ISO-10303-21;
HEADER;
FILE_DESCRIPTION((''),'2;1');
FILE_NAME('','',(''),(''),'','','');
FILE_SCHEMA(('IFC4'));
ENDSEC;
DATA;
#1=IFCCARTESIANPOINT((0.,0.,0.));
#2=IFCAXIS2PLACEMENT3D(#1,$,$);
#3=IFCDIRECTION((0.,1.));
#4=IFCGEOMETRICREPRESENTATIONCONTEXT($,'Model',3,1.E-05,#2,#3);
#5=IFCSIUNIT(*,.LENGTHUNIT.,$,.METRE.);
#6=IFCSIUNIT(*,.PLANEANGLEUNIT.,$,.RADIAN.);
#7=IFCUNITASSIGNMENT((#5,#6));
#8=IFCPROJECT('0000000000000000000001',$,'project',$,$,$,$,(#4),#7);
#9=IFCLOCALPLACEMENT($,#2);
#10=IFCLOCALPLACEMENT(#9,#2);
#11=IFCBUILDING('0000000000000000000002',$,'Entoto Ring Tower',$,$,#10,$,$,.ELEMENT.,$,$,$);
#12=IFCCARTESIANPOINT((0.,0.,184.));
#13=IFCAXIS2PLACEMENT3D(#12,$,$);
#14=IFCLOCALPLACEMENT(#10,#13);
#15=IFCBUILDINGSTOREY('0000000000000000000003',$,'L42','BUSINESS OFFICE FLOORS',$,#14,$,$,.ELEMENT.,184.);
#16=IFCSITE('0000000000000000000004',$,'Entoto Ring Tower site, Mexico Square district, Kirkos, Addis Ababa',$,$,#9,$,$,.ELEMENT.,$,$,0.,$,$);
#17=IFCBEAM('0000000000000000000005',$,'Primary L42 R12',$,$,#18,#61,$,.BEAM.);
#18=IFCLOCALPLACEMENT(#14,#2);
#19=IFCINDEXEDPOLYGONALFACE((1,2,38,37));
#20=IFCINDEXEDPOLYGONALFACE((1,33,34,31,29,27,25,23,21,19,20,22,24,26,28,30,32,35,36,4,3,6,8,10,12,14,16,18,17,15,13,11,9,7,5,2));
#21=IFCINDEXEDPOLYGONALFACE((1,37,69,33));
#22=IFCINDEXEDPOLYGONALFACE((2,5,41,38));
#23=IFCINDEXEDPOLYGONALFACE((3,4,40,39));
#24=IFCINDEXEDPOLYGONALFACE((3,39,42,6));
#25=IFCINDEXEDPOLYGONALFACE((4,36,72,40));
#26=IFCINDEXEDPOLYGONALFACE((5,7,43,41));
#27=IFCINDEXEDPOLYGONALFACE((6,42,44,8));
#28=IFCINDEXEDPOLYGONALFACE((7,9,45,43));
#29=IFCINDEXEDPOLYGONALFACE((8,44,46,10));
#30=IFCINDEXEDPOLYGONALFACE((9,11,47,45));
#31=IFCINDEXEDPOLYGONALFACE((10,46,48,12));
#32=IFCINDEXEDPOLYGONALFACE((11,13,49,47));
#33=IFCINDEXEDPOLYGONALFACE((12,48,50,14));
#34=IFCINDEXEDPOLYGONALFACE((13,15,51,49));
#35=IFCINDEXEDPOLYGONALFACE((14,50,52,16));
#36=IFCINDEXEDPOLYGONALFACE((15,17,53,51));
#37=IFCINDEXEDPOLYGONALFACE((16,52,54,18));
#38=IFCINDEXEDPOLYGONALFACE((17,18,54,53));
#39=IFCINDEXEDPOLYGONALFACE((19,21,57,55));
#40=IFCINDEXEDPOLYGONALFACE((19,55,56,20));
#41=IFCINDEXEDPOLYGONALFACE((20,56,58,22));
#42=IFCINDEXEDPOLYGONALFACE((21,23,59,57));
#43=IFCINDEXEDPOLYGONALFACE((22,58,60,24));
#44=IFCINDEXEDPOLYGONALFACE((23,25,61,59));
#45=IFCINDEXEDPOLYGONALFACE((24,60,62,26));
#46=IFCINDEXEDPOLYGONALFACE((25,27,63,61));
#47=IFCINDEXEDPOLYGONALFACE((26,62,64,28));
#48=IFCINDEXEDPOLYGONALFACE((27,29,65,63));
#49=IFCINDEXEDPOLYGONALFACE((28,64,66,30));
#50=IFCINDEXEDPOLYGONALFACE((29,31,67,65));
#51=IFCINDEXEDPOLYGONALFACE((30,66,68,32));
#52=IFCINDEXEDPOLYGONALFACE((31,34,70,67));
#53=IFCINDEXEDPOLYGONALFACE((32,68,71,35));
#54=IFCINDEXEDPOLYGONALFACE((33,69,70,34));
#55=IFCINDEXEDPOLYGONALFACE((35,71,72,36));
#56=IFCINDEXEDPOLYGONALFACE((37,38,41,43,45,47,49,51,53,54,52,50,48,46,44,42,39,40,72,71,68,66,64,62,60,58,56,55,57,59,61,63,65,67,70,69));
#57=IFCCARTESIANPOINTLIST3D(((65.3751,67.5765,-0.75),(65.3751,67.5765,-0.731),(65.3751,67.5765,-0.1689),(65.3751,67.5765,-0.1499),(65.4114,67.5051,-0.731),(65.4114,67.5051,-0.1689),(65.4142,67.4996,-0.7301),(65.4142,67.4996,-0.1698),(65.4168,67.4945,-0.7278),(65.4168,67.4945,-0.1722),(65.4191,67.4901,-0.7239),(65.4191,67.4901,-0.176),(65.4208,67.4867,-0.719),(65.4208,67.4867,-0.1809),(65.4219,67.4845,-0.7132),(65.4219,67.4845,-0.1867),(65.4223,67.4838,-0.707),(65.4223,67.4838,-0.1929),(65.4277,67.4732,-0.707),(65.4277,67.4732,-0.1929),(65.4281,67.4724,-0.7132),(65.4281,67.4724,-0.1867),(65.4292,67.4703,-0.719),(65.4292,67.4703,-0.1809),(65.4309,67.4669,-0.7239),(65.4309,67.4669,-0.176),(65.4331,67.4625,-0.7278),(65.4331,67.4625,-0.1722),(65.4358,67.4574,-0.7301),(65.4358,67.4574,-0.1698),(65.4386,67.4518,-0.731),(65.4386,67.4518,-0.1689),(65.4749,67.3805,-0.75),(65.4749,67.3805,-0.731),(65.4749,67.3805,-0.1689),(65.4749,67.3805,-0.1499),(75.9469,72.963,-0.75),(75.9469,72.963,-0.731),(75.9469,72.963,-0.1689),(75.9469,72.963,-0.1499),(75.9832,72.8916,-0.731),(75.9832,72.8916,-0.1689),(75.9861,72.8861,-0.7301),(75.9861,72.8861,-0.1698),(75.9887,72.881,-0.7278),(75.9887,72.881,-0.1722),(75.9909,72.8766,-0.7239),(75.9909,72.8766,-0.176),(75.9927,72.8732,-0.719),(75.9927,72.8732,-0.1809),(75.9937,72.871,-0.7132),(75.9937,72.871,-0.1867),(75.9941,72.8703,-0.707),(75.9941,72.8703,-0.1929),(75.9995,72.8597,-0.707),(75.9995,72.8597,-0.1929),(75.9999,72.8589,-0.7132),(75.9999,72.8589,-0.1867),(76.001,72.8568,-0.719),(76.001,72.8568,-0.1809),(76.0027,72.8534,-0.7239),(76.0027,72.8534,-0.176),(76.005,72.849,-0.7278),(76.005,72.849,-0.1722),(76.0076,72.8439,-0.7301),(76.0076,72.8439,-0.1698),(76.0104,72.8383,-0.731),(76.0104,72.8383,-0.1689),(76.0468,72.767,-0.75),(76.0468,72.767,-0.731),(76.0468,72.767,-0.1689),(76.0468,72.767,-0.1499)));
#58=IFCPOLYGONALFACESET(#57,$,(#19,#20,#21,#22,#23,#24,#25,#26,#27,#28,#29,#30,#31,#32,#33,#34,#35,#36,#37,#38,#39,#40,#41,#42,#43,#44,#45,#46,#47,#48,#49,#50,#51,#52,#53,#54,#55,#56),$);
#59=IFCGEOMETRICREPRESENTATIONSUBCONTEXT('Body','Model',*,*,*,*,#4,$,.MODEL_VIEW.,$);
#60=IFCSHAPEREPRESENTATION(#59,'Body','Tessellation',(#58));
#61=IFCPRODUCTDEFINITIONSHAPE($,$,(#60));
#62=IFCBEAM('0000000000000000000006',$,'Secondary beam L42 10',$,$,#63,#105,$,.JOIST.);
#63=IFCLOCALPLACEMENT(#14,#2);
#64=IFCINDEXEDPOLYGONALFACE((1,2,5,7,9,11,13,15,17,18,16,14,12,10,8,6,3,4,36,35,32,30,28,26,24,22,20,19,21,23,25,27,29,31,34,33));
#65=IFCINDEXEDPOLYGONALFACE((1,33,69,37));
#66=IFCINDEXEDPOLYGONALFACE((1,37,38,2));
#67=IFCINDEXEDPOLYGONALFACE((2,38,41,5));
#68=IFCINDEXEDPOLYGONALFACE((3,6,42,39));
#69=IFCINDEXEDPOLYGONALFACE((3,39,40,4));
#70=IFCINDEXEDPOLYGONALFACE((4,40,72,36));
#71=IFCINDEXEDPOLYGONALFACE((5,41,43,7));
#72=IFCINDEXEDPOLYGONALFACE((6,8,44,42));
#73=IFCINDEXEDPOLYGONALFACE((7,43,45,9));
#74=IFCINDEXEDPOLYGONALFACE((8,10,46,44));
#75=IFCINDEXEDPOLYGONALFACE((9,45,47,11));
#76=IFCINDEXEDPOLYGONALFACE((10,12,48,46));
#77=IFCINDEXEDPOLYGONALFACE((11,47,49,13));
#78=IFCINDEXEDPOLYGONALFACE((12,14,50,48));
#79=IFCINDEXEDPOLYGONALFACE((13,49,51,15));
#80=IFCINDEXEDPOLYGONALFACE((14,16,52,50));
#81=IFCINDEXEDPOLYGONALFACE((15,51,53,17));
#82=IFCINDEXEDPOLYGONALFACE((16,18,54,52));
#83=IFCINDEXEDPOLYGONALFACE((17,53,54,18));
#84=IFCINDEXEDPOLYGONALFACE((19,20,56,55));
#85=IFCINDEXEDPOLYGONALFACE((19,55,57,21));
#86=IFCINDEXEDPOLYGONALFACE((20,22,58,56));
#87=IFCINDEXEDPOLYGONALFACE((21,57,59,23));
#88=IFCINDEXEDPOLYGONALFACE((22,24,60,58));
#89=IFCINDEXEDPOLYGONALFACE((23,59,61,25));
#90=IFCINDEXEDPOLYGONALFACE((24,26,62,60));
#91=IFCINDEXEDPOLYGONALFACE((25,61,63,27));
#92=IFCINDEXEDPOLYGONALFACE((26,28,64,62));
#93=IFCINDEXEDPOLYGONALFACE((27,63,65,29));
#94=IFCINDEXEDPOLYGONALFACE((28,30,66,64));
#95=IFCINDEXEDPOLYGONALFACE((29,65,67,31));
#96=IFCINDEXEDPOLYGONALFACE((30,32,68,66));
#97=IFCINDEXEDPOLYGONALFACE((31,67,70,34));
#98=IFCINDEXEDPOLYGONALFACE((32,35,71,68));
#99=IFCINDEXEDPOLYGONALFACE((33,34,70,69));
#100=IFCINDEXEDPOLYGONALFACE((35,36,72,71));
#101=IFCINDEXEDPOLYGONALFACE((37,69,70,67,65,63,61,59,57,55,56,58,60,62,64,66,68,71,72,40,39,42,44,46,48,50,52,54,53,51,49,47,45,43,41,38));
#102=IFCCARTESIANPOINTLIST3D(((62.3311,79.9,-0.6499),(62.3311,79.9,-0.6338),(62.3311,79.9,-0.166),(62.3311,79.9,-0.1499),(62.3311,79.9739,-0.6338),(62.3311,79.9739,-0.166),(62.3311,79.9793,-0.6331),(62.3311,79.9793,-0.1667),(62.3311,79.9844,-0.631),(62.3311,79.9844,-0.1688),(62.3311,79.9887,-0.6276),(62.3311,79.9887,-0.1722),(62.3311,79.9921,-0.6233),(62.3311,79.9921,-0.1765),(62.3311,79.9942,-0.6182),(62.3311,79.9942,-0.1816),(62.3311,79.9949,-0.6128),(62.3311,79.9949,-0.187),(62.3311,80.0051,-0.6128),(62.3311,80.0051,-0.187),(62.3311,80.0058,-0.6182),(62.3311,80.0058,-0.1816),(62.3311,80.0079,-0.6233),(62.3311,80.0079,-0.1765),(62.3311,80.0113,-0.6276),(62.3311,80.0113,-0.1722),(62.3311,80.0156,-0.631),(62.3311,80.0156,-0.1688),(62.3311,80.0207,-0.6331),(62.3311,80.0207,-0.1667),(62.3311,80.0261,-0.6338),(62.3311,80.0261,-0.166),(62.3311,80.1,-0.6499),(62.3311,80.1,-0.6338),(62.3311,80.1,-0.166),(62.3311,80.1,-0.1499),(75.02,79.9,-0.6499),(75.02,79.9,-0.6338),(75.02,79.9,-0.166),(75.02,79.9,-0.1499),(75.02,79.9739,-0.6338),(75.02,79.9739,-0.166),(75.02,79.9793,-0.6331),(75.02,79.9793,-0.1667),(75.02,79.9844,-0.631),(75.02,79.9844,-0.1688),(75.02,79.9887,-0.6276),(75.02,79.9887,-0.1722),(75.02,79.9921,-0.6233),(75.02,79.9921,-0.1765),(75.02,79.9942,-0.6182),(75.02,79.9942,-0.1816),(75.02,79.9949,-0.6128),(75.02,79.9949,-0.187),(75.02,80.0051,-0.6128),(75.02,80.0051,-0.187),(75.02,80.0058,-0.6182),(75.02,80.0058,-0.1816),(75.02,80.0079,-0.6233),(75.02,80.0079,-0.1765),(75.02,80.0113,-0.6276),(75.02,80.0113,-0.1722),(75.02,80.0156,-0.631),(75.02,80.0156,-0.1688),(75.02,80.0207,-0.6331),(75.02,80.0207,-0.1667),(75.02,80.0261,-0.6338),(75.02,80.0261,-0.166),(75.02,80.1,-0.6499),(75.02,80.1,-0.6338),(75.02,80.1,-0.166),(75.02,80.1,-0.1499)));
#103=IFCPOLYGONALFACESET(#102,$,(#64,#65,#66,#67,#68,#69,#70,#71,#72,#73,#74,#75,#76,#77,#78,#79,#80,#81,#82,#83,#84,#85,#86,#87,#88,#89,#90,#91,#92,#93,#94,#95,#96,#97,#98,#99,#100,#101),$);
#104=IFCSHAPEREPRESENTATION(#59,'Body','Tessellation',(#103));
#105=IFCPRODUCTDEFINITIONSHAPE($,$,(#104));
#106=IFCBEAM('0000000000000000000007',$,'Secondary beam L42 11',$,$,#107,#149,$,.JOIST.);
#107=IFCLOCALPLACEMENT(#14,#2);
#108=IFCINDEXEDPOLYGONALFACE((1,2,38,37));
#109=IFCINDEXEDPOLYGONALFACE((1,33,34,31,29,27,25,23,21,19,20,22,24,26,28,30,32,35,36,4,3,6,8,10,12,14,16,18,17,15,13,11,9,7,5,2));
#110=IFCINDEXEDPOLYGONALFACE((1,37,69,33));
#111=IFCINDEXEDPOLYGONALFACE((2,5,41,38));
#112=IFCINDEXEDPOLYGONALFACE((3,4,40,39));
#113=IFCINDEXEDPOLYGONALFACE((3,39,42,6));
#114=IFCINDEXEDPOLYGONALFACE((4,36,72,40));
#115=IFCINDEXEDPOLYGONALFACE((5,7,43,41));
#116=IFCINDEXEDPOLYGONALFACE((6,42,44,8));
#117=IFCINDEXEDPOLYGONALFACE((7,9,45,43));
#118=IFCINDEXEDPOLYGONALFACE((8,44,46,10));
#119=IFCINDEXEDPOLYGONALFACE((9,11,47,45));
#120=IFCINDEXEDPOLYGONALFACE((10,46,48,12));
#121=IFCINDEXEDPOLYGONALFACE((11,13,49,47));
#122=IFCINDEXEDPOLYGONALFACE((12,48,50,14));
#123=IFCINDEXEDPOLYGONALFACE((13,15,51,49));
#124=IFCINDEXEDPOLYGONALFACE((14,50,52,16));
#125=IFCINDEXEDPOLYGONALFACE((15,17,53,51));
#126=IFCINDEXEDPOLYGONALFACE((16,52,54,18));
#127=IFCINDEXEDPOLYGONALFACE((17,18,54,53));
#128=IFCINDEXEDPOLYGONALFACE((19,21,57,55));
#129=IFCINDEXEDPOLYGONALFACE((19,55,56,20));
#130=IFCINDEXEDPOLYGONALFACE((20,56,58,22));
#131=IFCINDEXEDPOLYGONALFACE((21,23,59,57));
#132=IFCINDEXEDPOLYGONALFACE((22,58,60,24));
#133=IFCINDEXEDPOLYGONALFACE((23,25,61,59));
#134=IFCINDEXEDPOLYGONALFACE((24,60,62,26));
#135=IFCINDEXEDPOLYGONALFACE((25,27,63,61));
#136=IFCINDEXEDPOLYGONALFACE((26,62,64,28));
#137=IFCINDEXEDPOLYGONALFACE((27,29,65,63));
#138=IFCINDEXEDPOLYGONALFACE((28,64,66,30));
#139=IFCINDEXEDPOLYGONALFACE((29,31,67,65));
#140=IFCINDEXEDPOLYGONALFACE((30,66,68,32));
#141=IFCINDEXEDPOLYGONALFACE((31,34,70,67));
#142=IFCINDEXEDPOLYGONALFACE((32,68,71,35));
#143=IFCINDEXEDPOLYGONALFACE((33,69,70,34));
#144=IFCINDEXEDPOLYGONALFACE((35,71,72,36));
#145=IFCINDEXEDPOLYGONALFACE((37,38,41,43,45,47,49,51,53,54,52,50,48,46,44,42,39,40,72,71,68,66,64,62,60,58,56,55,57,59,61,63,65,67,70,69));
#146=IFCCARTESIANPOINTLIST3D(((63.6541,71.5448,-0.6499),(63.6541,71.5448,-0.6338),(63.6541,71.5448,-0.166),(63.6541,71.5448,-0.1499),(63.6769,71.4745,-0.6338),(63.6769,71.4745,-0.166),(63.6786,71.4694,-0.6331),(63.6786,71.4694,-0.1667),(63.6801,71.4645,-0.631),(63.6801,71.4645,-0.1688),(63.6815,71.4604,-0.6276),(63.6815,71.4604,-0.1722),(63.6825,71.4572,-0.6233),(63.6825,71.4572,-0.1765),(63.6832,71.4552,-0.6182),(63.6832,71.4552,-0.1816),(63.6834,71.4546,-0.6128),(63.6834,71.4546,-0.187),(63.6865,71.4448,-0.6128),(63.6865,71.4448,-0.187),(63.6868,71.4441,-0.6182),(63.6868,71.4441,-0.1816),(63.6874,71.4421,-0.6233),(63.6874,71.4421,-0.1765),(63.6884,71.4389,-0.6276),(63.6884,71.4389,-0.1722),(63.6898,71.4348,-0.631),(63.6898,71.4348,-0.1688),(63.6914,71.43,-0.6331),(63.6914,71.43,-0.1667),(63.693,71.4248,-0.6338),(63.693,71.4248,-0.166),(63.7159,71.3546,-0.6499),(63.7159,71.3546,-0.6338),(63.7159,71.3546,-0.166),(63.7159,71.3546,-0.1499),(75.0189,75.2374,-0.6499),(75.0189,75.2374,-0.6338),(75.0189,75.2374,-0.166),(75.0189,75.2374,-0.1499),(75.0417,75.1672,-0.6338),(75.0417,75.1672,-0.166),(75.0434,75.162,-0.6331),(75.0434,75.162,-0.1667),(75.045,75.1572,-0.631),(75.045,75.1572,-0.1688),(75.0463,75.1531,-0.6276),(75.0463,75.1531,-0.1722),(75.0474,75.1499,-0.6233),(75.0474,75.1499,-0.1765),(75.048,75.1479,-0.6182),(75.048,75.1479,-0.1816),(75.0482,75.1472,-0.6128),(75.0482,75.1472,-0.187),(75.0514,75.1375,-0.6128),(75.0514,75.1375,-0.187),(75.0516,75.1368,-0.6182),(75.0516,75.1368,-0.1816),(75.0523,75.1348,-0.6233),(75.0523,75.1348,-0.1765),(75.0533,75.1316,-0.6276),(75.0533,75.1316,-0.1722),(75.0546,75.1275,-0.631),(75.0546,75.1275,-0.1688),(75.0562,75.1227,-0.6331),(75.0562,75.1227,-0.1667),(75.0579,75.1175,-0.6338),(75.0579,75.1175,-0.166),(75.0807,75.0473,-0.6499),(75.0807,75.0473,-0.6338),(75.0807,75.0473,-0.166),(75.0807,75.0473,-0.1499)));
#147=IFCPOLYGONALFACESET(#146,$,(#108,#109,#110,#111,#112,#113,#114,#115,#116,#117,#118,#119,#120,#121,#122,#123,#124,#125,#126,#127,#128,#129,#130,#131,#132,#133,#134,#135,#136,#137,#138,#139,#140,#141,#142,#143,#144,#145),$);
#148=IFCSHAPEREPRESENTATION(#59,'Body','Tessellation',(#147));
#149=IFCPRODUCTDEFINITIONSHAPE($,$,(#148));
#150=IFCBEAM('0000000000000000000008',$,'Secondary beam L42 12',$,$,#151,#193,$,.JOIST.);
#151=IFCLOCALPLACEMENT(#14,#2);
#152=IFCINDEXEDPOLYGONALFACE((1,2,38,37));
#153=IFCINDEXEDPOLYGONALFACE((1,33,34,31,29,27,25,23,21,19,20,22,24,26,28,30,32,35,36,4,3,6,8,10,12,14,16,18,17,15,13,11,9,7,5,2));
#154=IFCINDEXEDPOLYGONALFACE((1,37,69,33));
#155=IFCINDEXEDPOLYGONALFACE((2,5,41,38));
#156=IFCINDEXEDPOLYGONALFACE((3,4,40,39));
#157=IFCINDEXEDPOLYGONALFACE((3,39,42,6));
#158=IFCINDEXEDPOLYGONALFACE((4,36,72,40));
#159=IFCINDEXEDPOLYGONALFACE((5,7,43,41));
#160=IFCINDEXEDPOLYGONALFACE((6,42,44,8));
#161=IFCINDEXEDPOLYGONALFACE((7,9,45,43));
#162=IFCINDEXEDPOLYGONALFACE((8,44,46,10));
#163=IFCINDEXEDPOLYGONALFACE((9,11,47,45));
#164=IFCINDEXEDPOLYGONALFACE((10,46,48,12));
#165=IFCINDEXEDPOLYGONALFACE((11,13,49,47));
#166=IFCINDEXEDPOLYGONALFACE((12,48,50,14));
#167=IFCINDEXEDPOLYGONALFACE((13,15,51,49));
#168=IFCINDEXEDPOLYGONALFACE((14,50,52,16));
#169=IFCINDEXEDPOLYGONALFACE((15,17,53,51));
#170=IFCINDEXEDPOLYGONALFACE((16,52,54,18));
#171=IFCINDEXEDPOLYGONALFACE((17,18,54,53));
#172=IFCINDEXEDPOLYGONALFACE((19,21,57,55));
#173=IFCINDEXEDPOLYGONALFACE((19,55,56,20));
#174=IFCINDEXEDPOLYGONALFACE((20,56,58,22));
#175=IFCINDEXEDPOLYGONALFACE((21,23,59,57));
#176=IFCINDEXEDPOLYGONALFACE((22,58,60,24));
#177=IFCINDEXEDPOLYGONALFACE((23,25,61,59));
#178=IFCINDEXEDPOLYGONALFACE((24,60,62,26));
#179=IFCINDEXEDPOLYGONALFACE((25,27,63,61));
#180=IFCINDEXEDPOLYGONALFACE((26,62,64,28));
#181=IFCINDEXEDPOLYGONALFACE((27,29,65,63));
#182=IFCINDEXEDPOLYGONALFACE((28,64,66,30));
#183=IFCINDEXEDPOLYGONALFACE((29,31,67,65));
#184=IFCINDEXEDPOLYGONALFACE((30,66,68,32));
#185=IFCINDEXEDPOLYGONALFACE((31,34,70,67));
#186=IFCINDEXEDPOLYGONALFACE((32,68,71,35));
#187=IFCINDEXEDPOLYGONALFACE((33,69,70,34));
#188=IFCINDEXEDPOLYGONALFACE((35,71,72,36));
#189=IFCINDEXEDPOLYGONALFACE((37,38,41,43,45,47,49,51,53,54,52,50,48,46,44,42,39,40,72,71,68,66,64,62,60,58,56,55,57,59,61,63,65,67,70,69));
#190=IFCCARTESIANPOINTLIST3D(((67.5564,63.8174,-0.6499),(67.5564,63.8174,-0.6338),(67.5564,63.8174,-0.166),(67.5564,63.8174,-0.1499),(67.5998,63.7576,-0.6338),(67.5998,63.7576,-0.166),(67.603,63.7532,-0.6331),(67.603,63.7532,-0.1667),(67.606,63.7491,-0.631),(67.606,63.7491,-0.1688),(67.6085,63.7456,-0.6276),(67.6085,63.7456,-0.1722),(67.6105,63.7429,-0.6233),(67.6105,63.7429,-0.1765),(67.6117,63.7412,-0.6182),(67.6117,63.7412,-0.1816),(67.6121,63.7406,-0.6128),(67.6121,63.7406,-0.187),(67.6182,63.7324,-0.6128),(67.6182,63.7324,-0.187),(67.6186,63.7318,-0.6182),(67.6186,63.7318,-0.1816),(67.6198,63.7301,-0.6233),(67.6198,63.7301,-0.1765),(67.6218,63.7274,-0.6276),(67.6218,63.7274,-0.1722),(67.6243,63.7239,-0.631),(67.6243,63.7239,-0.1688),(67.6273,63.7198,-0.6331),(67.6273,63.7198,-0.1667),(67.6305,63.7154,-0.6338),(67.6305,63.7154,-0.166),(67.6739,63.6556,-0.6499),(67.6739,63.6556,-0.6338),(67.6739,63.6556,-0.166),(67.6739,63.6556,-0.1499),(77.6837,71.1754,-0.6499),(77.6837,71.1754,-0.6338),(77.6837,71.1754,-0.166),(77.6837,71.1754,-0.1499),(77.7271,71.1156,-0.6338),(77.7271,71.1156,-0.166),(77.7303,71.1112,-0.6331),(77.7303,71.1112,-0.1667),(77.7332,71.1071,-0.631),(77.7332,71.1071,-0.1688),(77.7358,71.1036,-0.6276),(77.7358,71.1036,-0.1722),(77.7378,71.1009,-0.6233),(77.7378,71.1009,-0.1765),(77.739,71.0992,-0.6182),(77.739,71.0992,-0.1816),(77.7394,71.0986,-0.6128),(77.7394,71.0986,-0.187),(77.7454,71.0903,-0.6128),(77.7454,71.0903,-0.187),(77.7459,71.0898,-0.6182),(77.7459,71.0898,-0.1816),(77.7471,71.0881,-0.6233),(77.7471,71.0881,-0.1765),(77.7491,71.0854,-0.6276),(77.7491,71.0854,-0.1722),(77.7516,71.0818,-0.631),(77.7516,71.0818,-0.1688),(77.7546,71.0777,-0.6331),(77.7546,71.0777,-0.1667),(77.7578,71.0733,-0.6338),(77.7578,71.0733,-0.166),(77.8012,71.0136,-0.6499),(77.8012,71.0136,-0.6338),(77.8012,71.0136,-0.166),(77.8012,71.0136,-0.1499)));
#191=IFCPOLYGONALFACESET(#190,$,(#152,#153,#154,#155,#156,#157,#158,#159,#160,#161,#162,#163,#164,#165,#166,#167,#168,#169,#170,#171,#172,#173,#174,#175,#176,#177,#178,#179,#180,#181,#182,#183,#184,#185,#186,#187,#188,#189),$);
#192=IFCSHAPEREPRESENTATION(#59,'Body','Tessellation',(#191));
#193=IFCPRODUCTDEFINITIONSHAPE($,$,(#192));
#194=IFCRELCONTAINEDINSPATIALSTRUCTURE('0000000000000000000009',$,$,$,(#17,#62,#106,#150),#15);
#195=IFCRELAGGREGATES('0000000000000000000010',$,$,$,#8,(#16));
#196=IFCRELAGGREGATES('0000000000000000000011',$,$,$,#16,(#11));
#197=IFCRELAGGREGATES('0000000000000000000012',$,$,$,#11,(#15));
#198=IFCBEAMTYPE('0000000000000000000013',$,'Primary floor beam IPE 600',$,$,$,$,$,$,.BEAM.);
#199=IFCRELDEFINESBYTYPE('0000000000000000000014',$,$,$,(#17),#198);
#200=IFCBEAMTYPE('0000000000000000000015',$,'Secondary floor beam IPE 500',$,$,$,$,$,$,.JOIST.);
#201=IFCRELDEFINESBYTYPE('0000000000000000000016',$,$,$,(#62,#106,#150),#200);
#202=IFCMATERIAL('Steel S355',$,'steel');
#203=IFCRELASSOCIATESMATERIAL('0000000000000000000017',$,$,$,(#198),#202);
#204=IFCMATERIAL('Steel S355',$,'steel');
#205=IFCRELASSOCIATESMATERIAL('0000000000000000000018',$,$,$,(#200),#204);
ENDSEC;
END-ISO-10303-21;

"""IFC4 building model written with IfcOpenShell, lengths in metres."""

from ifc_helpers import new_model, si_unit, direction, frame, origin, origin_2d, place, context, subcontext, project, spatial, i_section, extrude, material, material_profile, profile_set, type_object, element, save


model = new_model("IFC4")

# Units and contexts
model_context = context("Model", 3, precision=1e-05, world=origin(), true_north=direction((0.0, 1.0)))
body_context = subcontext(model_context, "Body", "Model", "MODEL_VIEW")
ifc_project = project(units=[si_unit("LENGTHUNIT", "METRE"), si_unit("PLANEANGLEUNIT", "RADIAN")], contexts=[model_context])

# Site, building, storey
site_placement = place(None, origin())
site = spatial("IfcSite", under=ifc_project, at=site_placement, Name="Entoto Ring Tower site, Mexico Square district, Kirkos, Addis Ababa", CompositionType="ELEMENT", RefElevation=0.0)
building_placement = place(site_placement, origin())
building = spatial("IfcBuilding", under=site, at=building_placement, Name="Entoto Ring Tower", CompositionType="ELEMENT")
storey_placement = place(building_placement, frame((0.0, 0.0, 184.0)))
storey = spatial("IfcBuildingStorey", under=building, at=storey_placement, Name="L42", Description="BUSINESS OFFICE FLOORS", CompositionType="ELEMENT", Elevation=184.0)

# Beams
ifc_material_1 = material(Name="Steel S355", Category="steel")
ifc_material_profile_1 = material_profile(ifc_material_1, i_section(OverallWidth=0.22, OverallDepth=0.6001, WebThickness=0.012, FlangeThickness=0.019, FilletRadius=0.0239, at=origin_2d()), Name="IPE 600")
ifc_profile_set_1 = profile_set([ifc_material_profile_1], Name="Steel S355")
beam_type_1 = type_object("IfcBeamType", Name="Primary floor beam IPE 600", PredefinedType="BEAM", material=ifc_profile_set_1)
beam_1_placement = place(storey_placement, frame((75.9968, 72.865, -0.45), z_axis=(-0.89101, -0.453983, 0.0), x_axis=(0.453983, -0.89101, 0.0)))
element("IfcBeam", 1, at=beam_1_placement, inside=storey, type_object=beam_type_1, Name="Primary L42 R12", PredefinedType="BEAM", context=body_context, shape_type="SweptSolid", body=[
    extrude(i_section(OverallWidth=0.22, OverallDepth=0.6001, WebThickness=0.012, FlangeThickness=0.019, FilletRadius=0.0239, at=origin_2d()), origin(), (0.0, 0.0, 1.0), 11.865),
])
ifc_material_2 = material(Name="Steel S355", Category="steel")
ifc_material_profile_2 = material_profile(ifc_material_2, i_section(OverallWidth=0.2, OverallDepth=0.5, WebThickness=0.0103, FlangeThickness=0.0161, FilletRadius=0.021, at=origin_2d()), Name="IPE 500")
ifc_profile_set_2 = profile_set([ifc_material_profile_2], Name="Steel S355")
beam_type_2 = type_object("IfcBeamType", Name="Secondary floor beam IPE 500", PredefinedType="JOIST", material=ifc_profile_set_2)
beam_2_placement = place(storey_placement, frame((75.02, 80.0, -0.3999), z_axis=(-1.0, 0.0, 0.0), x_axis=(0.0, -1.0, 0.0)))
element("IfcBeam", 2, at=beam_2_placement, inside=storey, type_object=beam_type_2, Name="Secondary beam L42 10", PredefinedType="JOIST", context=body_context, shape_type="SweptSolid", body=[
    extrude(i_section(OverallWidth=0.2, OverallDepth=0.5, WebThickness=0.0103, FlangeThickness=0.0161, FilletRadius=0.021, at=origin_2d()), origin(), (0.0, 0.0, 1.0), 12.689),
])
beam_3_placement = place(storey_placement, frame((75.0498, 75.1423, -0.3999), z_axis=(-0.951057, -0.309017, 0.0), x_axis=(0.309017, -0.951057, 0.0)))
element("IfcBeam", 3, at=beam_3_placement, inside=storey, type_object=beam_type_2, Name="Secondary beam L42 11", PredefinedType="JOIST", context=body_context, shape_type="SweptSolid", body=[
    extrude(i_section(OverallWidth=0.2, OverallDepth=0.5, WebThickness=0.0103, FlangeThickness=0.0161, FilletRadius=0.021, at=origin_2d()), origin(), (0.0, 0.0, 1.0), 11.9497),
])
beam_4_placement = place(storey_placement, frame((77.7424, 71.0945, -0.3999), z_axis=(-0.809014, -0.587789, 0.0), x_axis=(0.587789, -0.809014, 0.0)))
element("IfcBeam", 4, at=beam_4_placement, inside=storey, type_object=beam_type_2, Name="Secondary beam L42 12", PredefinedType="JOIST", context=body_context, shape_type="SweptSolid", body=[
    extrude(i_section(OverallWidth=0.2, OverallDepth=0.5, WebThickness=0.0103, FlangeThickness=0.0161, FilletRadius=0.021, at=origin_2d()), origin(), (0.0, 0.0, 1.0), 12.5181),
])

save(model, "model.ifc")
